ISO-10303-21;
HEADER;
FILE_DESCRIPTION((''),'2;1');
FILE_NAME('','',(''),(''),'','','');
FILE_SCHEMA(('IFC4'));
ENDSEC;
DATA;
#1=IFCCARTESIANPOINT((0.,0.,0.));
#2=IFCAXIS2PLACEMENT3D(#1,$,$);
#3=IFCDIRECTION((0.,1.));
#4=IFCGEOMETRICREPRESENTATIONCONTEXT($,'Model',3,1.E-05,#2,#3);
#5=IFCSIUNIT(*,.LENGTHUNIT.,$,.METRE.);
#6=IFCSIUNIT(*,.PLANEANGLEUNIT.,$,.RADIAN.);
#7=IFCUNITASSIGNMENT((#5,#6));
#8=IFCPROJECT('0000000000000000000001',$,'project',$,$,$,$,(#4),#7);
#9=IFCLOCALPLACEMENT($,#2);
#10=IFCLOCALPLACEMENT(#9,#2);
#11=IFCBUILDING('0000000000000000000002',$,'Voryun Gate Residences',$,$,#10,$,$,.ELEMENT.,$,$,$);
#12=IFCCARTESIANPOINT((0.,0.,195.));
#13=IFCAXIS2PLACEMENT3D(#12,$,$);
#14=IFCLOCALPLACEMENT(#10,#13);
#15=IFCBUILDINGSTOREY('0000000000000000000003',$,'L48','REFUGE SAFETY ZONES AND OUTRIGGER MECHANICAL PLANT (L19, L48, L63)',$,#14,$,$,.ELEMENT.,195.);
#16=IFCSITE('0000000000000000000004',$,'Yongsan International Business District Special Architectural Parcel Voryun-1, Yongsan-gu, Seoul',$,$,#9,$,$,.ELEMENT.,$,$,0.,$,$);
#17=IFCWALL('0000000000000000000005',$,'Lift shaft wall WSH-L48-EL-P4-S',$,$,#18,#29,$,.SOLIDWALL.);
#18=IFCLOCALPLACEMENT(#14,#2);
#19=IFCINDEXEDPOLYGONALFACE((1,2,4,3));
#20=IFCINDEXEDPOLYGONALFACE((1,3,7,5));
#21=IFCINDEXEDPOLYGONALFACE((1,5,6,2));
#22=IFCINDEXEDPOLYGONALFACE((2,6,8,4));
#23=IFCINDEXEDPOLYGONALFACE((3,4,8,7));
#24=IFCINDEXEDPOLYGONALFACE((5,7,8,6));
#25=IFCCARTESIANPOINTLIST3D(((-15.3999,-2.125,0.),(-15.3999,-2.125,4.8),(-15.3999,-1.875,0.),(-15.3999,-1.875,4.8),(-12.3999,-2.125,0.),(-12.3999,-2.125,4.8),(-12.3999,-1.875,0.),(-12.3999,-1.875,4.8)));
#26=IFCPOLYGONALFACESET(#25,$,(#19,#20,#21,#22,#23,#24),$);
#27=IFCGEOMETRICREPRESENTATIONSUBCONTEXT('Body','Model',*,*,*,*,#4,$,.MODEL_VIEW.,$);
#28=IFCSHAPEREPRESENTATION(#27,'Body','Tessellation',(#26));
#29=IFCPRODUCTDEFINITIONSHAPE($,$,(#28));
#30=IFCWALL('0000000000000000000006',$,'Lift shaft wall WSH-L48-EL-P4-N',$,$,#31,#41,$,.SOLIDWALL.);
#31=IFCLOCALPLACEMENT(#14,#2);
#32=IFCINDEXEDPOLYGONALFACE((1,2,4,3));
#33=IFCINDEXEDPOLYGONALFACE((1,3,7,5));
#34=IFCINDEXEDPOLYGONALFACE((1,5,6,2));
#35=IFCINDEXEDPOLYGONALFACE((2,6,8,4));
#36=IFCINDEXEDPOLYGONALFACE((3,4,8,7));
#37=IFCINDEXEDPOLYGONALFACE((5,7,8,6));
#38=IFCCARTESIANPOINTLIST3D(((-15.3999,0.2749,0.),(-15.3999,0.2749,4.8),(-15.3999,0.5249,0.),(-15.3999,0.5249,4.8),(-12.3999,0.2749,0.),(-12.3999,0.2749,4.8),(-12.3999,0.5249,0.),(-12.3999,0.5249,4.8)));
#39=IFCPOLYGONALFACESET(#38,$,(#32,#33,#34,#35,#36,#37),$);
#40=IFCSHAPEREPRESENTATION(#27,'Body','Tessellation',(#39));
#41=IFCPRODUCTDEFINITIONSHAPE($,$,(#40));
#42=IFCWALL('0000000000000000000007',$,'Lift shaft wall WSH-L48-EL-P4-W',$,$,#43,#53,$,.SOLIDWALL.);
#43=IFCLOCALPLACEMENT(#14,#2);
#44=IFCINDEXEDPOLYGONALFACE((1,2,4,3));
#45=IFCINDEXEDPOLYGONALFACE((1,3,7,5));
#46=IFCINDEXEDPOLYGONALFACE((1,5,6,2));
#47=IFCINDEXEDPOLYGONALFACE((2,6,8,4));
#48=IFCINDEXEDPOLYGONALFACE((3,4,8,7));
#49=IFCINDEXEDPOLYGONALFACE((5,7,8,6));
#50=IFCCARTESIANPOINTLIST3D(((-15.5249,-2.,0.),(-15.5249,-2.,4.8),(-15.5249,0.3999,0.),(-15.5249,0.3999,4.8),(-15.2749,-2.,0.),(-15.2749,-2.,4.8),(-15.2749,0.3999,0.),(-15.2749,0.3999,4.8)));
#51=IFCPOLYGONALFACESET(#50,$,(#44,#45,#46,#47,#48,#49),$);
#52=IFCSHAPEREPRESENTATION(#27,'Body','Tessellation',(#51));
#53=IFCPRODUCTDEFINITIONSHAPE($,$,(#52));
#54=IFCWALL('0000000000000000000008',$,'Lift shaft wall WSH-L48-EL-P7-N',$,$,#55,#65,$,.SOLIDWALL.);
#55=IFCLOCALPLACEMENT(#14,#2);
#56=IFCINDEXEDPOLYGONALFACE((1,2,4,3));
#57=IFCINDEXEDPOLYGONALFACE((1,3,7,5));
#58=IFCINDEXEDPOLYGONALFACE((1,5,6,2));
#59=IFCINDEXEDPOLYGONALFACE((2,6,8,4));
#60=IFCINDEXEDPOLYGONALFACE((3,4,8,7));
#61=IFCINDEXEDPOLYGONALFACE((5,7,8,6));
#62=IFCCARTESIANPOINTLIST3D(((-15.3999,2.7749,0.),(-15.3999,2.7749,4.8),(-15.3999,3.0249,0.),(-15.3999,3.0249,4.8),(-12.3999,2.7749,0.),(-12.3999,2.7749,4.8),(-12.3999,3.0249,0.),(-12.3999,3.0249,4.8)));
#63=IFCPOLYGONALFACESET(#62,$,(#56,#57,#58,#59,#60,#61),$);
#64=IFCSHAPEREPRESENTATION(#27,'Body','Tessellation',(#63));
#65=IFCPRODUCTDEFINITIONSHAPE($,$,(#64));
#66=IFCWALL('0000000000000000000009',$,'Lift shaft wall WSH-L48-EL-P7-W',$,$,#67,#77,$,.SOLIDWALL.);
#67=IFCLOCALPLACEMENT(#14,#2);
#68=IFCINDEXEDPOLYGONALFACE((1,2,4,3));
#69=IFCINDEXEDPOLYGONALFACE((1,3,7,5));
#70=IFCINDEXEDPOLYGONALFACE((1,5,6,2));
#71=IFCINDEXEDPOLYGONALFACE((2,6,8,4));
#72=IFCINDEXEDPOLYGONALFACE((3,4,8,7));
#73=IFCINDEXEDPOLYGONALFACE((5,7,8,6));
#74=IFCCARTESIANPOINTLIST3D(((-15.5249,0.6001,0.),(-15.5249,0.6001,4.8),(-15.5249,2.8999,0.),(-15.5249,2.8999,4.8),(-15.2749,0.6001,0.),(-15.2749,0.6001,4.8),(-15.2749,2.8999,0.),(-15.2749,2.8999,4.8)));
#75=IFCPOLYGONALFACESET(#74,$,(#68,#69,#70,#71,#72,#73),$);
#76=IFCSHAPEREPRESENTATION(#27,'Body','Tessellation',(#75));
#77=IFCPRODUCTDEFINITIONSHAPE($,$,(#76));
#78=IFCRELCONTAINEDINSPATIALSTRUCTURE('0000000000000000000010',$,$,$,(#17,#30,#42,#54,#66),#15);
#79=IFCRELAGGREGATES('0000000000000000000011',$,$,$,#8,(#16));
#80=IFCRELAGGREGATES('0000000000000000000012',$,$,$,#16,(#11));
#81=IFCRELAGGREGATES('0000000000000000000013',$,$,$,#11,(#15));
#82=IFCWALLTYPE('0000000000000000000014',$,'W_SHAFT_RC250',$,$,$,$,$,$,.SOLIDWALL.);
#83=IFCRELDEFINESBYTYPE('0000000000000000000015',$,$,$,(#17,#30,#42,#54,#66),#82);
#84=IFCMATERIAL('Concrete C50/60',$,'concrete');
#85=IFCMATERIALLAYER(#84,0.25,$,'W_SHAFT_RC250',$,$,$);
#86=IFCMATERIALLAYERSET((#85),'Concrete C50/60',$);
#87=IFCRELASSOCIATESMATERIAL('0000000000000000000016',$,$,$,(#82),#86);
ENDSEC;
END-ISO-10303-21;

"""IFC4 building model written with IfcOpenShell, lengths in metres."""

from ifc_helpers import new_model, si_unit, direction, frame, frame_2d, origin, place, context, subcontext, project, spatial, rectangle, extrude, material, layer, layer_set, type_object, element, save


model = new_model("IFC4")

# Units and contexts
model_context = context("Model", 3, precision=1e-05, world=origin(), true_north=direction((0.0, 1.0)))
body_context = subcontext(model_context, "Body", "Model", "MODEL_VIEW")
ifc_project = project(units=[si_unit("LENGTHUNIT", "METRE"), si_unit("PLANEANGLEUNIT", "RADIAN")], contexts=[model_context])

# Site, building, storey
site_placement = place(None, origin())
site = spatial("IfcSite", under=ifc_project, at=site_placement, Name="Yongsan International Business District Special Architectural Parcel Voryun-1, Yongsan-gu, Seoul", CompositionType="ELEMENT", RefElevation=0.0)
building_placement = place(site_placement, origin())
building = spatial("IfcBuilding", under=site, at=building_placement, Name="Voryun Gate Residences", CompositionType="ELEMENT")
storey_placement = place(building_placement, frame((0.0, 0.0, 195.0)))
storey = spatial("IfcBuildingStorey", under=building, at=storey_placement, Name="L48", Description="REFUGE SAFETY ZONES AND OUTRIGGER MECHANICAL PLANT (L19, L48, L63)", CompositionType="ELEMENT", Elevation=195.0)

# Shared definitions
ifc_material_1 = material(Name="Concrete C50/60", Category="concrete")
ifc_layer_1 = layer(ifc_material_1, 0.25, Name="W_SHAFT_RC250")
ifc_layer_set_1 = layer_set([ifc_layer_1], Name="Concrete C50/60")
wall_type_1 = type_object("IfcWallType", Name="W_SHAFT_RC250", PredefinedType="SOLIDWALL", material=ifc_layer_set_1)

# Walls
for number, where, z_axis, x_axis, name in (
    (1, (-15.3999, -2.0, 0.0), (0.0, 0.0, 1.0), (1.0, 0.0, 0.0), "Lift shaft wall WSH-L48-EL-P4-S"),
    (2, (-12.3999, 0.3999, 0.0), (0.0, 0.0, 1.0), (-1.0, 0.0, 0.0), "Lift shaft wall WSH-L48-EL-P4-N"),
):
    element("IfcWall", number, at=place(storey_placement, frame(where, z_axis=z_axis, x_axis=x_axis)), inside=storey, type_object=wall_type_1, Name=name, PredefinedType="SOLIDWALL", context=body_context, shape_type="SweptSolid", body=[
        extrude(rectangle(XDim=3.0, YDim=0.25, at=frame_2d((1.5, 0.0))), origin(), (0.0, 0.0, 1.0), 4.8),
    ])
wall_1_placement = place(storey_placement, frame((-15.3999, 0.3999, 0.0), z_axis=(0.0, 0.0, 1.0), x_axis=(0.0, -1.0, 0.0)))
element("IfcWall", 3, at=wall_1_placement, inside=storey, type_object=wall_type_1, Name="Lift shaft wall WSH-L48-EL-P4-W", PredefinedType="SOLIDWALL", context=body_context, shape_type="SweptSolid", body=[
    extrude(rectangle(XDim=2.3999, YDim=0.25, at=frame_2d((1.2, 0.0))), origin(), (0.0, 0.0, 1.0), 4.8),
])
wall_2_placement = place(storey_placement, frame((-12.3999, 2.8999, 0.0), z_axis=(0.0, 0.0, 1.0), x_axis=(-1.0, 0.0, 0.0)))
element("IfcWall", 4, at=wall_2_placement, inside=storey, type_object=wall_type_1, Name="Lift shaft wall WSH-L48-EL-P7-N", PredefinedType="SOLIDWALL", context=body_context, shape_type="SweptSolid", body=[
    extrude(rectangle(XDim=3.0, YDim=0.25, at=frame_2d((1.5, 0.0))), origin(), (0.0, 0.0, 1.0), 4.8),
])
wall_3_placement = place(storey_placement, frame((-15.3999, 2.8999, 0.0), z_axis=(0.0, 0.0, 1.0), x_axis=(0.0, -1.0, 0.0)))
element("IfcWall", 5, at=wall_3_placement, inside=storey, type_object=wall_type_1, Name="Lift shaft wall WSH-L48-EL-P7-W", PredefinedType="SOLIDWALL", context=body_context, shape_type="SweptSolid", body=[
    extrude(rectangle(XDim=2.2998, YDim=0.25, at=frame_2d((1.1499, 0.0))), origin(), (0.0, 0.0, 1.0), 4.8),
])

save(model, "model.ifc")
